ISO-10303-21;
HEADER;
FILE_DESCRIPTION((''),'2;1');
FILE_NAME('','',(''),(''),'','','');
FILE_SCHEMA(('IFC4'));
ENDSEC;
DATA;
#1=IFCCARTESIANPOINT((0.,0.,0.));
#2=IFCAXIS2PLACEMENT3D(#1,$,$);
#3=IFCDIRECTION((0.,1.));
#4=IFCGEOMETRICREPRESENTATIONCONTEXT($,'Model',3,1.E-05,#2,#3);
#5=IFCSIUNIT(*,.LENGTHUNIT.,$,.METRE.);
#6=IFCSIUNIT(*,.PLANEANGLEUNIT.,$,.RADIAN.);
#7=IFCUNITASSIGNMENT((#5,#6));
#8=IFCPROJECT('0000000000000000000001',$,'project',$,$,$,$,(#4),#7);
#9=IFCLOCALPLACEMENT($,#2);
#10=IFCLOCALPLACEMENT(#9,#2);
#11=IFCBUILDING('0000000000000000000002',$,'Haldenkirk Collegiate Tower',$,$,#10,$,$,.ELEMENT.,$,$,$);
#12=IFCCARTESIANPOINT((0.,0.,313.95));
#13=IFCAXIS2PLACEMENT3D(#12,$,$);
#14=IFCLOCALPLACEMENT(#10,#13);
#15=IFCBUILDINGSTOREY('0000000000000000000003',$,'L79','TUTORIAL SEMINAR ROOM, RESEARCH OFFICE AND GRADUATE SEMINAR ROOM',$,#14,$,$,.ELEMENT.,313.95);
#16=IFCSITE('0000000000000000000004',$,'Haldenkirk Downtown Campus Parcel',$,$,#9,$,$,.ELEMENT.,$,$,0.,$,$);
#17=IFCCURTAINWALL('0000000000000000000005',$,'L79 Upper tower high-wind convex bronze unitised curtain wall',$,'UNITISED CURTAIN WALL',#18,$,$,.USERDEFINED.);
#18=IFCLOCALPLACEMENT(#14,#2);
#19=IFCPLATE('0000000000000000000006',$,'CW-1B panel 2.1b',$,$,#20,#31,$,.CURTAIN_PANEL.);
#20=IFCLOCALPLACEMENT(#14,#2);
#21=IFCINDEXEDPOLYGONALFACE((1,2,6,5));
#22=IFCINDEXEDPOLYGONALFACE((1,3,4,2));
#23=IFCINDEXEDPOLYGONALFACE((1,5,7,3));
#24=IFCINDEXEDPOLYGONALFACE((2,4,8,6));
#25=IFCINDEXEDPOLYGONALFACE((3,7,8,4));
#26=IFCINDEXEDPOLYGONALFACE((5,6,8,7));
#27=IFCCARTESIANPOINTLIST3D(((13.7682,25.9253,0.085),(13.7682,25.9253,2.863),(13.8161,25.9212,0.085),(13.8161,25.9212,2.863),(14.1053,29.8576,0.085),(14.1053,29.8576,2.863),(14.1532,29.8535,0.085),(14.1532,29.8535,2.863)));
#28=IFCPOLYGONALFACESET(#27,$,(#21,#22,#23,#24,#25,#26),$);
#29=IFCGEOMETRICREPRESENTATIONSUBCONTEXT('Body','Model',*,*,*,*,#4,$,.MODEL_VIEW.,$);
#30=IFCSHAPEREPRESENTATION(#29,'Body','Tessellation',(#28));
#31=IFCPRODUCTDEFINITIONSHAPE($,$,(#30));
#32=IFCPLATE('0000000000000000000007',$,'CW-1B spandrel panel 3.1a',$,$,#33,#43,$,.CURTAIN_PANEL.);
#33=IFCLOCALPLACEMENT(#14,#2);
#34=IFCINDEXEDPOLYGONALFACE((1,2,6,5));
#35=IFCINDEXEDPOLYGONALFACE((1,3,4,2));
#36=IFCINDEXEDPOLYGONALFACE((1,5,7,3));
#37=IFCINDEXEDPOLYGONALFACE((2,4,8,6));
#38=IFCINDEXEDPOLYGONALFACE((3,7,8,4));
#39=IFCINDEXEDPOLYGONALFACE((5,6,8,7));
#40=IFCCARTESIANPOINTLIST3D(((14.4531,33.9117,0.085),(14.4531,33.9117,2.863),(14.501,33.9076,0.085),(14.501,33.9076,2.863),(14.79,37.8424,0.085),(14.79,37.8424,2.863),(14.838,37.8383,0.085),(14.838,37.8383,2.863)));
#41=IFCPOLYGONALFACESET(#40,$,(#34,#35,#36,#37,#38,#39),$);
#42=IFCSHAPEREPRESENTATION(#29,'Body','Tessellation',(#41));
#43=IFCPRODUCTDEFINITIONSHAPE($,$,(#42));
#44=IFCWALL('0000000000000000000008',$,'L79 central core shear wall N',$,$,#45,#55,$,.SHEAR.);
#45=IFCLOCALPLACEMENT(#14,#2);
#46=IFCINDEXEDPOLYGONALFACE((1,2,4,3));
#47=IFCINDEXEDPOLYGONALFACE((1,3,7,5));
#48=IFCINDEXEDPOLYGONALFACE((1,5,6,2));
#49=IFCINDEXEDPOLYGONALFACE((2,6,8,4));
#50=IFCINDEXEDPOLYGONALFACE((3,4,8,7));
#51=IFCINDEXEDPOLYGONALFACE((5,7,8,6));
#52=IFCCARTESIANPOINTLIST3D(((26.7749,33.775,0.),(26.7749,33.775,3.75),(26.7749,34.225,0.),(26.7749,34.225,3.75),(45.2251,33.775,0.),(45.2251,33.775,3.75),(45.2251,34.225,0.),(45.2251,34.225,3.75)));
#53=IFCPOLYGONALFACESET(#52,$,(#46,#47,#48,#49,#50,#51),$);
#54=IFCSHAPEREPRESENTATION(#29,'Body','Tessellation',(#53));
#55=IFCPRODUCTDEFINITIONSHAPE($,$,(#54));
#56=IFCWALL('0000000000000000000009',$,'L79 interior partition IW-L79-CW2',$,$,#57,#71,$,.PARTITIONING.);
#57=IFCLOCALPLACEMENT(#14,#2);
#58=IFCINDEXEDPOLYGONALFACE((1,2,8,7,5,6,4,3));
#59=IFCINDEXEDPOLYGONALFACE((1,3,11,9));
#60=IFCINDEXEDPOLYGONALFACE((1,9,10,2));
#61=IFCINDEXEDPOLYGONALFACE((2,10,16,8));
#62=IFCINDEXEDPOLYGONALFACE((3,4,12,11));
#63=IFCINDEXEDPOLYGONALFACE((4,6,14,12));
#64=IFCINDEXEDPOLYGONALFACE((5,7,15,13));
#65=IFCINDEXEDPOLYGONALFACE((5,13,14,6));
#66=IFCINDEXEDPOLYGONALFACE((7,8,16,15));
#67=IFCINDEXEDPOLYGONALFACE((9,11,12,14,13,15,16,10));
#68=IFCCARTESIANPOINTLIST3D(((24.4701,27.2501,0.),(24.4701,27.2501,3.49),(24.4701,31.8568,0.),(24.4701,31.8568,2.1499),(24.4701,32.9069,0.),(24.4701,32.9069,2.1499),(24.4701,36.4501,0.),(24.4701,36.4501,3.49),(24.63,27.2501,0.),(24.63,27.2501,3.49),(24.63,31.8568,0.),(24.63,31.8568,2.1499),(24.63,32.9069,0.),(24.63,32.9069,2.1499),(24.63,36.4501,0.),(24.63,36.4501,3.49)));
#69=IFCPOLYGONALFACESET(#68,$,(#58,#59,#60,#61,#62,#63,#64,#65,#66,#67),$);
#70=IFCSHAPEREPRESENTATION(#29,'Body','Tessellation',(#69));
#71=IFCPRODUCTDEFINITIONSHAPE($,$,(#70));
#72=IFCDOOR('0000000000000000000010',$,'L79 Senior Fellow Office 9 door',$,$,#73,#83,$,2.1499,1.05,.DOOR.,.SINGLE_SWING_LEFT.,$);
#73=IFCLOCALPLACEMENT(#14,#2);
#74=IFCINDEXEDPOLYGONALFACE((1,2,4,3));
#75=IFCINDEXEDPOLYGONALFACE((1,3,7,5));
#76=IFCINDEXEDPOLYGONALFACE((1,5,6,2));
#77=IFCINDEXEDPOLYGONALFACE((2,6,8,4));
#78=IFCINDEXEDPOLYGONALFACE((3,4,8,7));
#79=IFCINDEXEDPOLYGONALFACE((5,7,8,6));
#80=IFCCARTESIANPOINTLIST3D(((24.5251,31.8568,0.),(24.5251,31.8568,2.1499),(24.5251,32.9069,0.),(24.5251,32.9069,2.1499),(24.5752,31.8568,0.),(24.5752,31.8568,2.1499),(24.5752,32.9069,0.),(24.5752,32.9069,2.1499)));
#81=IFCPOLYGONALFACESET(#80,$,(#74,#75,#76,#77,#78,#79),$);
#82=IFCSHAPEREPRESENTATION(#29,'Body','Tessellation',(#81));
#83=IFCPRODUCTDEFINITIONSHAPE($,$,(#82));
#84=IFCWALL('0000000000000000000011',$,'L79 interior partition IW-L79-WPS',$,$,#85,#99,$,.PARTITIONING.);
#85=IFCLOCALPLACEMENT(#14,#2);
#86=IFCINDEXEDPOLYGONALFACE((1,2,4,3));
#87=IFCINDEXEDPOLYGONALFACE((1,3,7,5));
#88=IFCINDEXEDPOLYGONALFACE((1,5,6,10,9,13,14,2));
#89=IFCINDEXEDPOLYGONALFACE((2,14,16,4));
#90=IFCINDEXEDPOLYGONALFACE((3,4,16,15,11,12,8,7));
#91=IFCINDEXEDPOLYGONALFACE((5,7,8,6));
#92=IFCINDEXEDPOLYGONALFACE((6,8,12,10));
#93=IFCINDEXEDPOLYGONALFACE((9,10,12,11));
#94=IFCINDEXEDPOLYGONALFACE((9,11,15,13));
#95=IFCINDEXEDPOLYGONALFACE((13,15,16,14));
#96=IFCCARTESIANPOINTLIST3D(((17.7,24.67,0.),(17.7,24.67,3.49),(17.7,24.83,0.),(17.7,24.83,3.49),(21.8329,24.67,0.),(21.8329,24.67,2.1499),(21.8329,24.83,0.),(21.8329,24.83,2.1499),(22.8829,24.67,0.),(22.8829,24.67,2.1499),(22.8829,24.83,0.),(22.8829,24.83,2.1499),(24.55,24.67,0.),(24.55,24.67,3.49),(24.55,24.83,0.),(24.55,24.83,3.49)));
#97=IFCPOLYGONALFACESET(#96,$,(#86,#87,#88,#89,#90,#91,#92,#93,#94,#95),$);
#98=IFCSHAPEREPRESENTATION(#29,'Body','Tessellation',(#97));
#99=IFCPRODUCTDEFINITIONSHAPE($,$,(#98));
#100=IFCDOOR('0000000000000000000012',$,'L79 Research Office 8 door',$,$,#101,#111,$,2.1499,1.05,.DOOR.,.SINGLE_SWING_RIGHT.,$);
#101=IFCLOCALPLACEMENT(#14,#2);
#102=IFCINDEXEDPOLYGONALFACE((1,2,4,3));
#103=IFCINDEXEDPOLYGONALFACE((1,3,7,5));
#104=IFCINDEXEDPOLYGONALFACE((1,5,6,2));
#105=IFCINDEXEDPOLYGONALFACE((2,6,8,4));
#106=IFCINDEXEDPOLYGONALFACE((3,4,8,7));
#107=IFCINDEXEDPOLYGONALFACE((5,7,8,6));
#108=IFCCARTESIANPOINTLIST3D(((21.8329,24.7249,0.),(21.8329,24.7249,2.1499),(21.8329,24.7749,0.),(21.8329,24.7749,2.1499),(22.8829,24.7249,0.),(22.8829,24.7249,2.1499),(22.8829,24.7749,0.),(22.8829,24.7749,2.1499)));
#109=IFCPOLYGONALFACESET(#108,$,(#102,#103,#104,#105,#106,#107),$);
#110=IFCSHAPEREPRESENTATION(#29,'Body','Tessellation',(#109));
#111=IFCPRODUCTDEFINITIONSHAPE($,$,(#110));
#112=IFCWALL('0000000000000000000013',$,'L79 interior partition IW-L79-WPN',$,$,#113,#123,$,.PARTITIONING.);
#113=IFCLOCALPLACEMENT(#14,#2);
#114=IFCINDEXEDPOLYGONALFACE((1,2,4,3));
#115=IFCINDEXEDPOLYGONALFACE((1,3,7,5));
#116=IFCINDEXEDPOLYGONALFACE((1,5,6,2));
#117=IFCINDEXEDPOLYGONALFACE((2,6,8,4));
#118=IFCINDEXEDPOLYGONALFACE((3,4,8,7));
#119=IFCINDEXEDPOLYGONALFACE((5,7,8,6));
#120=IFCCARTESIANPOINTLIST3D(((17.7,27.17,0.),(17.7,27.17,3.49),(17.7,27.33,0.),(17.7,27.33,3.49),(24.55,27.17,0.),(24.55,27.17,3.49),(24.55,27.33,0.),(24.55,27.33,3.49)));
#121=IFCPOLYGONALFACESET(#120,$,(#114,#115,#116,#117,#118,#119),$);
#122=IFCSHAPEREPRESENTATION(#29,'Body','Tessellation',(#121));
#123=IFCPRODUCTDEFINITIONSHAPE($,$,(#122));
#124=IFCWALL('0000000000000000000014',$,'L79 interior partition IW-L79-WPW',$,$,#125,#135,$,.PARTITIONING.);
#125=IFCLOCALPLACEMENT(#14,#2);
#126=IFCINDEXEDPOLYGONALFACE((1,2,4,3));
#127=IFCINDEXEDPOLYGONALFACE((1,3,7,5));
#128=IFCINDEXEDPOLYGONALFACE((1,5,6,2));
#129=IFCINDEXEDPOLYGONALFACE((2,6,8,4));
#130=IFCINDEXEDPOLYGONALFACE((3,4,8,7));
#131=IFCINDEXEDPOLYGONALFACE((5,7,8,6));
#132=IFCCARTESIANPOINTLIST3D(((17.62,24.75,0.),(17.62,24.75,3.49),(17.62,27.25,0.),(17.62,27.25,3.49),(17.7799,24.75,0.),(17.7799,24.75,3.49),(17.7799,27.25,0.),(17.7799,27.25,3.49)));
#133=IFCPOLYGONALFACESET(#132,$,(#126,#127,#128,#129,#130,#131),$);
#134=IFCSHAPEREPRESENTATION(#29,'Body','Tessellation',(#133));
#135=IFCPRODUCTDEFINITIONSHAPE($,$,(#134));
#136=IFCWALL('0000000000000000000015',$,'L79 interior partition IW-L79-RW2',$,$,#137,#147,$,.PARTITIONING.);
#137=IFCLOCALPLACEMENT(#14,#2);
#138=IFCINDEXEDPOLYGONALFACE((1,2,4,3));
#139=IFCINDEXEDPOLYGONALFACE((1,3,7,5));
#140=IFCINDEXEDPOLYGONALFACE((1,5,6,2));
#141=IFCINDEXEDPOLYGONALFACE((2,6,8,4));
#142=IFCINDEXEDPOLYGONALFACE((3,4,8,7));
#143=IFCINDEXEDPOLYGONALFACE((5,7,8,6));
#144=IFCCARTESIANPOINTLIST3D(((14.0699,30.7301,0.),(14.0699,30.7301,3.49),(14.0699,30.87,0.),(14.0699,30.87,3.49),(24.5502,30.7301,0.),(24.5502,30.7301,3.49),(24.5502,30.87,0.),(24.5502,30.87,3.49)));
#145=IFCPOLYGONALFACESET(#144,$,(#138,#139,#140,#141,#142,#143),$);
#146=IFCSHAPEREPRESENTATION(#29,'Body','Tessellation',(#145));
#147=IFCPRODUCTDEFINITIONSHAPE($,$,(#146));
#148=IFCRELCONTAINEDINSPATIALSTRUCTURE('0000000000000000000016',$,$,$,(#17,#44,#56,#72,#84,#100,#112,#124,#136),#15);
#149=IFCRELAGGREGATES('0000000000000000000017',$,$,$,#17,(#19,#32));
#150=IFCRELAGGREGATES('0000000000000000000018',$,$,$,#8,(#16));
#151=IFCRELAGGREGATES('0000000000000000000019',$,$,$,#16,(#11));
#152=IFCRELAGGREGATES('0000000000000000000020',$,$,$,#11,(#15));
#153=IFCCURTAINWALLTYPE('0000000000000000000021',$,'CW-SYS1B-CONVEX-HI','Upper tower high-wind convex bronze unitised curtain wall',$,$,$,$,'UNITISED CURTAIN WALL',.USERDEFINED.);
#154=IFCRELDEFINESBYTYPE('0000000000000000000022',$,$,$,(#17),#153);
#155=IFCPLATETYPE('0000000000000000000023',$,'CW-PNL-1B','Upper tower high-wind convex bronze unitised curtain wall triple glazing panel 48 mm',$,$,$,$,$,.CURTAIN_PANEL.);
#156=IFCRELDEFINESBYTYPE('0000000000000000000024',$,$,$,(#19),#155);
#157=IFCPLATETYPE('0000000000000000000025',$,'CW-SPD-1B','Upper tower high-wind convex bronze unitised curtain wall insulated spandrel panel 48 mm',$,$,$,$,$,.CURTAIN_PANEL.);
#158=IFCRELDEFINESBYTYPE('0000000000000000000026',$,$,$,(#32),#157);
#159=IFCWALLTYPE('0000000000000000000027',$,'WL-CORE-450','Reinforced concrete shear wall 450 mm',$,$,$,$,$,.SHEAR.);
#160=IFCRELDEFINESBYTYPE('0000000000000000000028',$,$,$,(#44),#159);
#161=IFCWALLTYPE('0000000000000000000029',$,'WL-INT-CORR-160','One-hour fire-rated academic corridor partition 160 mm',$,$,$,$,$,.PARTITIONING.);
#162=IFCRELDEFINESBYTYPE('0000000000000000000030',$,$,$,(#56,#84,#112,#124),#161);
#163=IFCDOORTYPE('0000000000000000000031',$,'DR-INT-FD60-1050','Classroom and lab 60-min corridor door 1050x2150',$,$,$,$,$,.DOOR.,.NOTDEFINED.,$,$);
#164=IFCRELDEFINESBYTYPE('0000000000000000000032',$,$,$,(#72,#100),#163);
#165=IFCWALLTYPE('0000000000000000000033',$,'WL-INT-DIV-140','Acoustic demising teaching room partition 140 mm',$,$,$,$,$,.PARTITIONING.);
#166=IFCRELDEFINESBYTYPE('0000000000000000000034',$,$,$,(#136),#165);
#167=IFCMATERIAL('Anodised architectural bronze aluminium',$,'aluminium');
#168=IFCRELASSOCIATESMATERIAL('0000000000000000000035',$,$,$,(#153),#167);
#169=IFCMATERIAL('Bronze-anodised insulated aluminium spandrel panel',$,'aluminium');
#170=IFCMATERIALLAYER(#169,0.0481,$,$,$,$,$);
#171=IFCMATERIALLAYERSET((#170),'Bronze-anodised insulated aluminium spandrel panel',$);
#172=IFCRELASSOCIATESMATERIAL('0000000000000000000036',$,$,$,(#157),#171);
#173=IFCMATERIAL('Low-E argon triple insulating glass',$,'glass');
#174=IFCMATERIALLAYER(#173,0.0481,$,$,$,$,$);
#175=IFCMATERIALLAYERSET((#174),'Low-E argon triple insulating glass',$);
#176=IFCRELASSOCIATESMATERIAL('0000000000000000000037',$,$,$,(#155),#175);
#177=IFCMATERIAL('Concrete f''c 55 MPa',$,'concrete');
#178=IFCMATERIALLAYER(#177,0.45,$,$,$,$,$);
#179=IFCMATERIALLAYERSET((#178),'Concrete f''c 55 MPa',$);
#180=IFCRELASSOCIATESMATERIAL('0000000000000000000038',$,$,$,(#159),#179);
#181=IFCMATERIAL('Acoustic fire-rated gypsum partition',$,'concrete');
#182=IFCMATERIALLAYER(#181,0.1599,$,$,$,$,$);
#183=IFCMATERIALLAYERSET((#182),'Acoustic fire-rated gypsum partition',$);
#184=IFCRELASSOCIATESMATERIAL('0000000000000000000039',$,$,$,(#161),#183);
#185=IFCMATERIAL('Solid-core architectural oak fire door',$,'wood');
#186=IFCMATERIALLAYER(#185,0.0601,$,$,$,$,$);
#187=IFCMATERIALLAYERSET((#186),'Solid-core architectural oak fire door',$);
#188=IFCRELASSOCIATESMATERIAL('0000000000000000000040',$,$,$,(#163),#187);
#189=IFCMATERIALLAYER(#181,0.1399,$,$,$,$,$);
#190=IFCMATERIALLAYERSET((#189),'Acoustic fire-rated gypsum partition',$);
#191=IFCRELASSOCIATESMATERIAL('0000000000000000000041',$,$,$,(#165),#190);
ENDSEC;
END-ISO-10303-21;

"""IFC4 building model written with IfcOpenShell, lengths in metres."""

from ifc_helpers import new_model, si_unit, direction, frame, frame_2d, origin, origin_2d, place, context, subcontext, project, spatial, rectangle, extrude, source, transform, mapped, material, layer, layer_set, type_object, element, fill, aggregate, save


model = new_model("IFC4")

# Units and contexts
model_context = context("Model", 3, precision=1e-05, world=origin(), true_north=direction((0.0, 1.0)))
body_context = subcontext(model_context, "Body", "Model", "MODEL_VIEW")
ifc_project = project(units=[si_unit("LENGTHUNIT", "METRE"), si_unit("PLANEANGLEUNIT", "RADIAN")], contexts=[model_context])

# Site, building, storey
site_placement = place(None, origin())
site = spatial("IfcSite", under=ifc_project, at=site_placement, Name="Haldenkirk Downtown Campus Parcel", CompositionType="ELEMENT", RefElevation=0.0)
building_placement = place(site_placement, origin())
building = spatial("IfcBuilding", under=site, at=building_placement, Name="Haldenkirk Collegiate Tower", CompositionType="ELEMENT")
storey_placement = place(building_placement, frame((0.0, 0.0, 313.95)))
storey = spatial("IfcBuildingStorey", under=building, at=storey_placement, Name="L79", Description="TUTORIAL SEMINAR ROOM, RESEARCH OFFICE AND GRADUATE SEMINAR ROOM", CompositionType="ELEMENT", Elevation=313.95)

# Curtain wall, plates
ifc_material_1 = material(Name="Anodised architectural bronze aluminium", Category="aluminium")
curtain_wall_type = type_object("IfcCurtainWallType", Name="CW-SYS1B-CONVEX-HI", Description="Upper tower high-wind convex bronze unitised curtain wall", ElementType="UNITISED CURTAIN WALL", PredefinedType="USERDEFINED", material=ifc_material_1)
curtain_wall_placement = place(storey_placement, origin())
curtain_wall = element("IfcCurtainWall", 1, at=curtain_wall_placement, inside=storey, type_object=curtain_wall_type, Name="L79 Upper tower high-wind convex bronze unitised curtain wall", ObjectType="UNITISED CURTAIN WALL", PredefinedType="USERDEFINED")
ifc_material_2 = material(Name="Bronze-anodised insulated aluminium spandrel panel", Category="aluminium")
ifc_layer_1 = layer(ifc_material_2, 0.0481)
ifc_layer_set_1 = layer_set([ifc_layer_1], Name="Bronze-anodised insulated aluminium spandrel panel")
plate_type_1 = type_object("IfcPlateType", Name="CW-SPD-1B", Description="Upper tower high-wind convex bronze unitised curtain wall insulated spandrel panel 48 mm", PredefinedType="CURTAIN_PANEL", material=ifc_layer_set_1)
ifc_material_3 = material(Name="Low-E argon triple insulating glass", Category="glass")
ifc_layer_2 = layer(ifc_material_3, 0.0481)
ifc_layer_set_2 = layer_set([ifc_layer_2], Name="Low-E argon triple insulating glass")
plate_type_2 = type_object("IfcPlateType", Name="CW-PNL-1B", Description="Upper tower high-wind convex bronze unitised curtain wall triple glazing panel 48 mm", PredefinedType="CURTAIN_PANEL", material=ifc_layer_set_2)
shared_shape_1 = source(origin(), body_context, "Body", "SweptSolid", [
    extrude(rectangle(XDim=3.9468, YDim=0.0481, at=origin_2d()), origin(), (0.0, 0.0, 1.0), 2.7781),
])
plate_1_placement = place(storey_placement, frame((13.9607, 27.8894, 0.085), z_axis=(0.0, 0.0, 1.0), x_axis=(0.085417, 0.996345, 0.0)))
plate_1 = element("IfcPlate", 2, at=plate_1_placement, type_object=plate_type_2, Name="CW-1B panel 2.1b", PredefinedType="CURTAIN_PANEL", context=body_context, shape_type="MappedRepresentation", body=[
    mapped(shared_shape_1, transform((0.0, 0.0, 0.0), x_axis=(1.0, 0.0, 0.0), y_axis=(0.0, 1.0, 0.0), z_axis=(0.0, 0.0, 1.0), scale=1.0)),
])
shared_shape_2 = source(origin(), body_context, "Body", "SweptSolid", [
    extrude(rectangle(XDim=3.9451, YDim=0.0481, at=origin_2d()), origin(), (0.0, 0.0, 1.0), 2.7781),
])
plate_2_placement = place(storey_placement, frame((14.6455, 35.875, 0.085), z_axis=(0.0, 0.0, 1.0), x_axis=(0.085417, 0.996345, 0.0)))
plate_2 = element("IfcPlate", 3, at=plate_2_placement, type_object=plate_type_1, Name="CW-1B spandrel panel 3.1a", PredefinedType="CURTAIN_PANEL", context=body_context, shape_type="MappedRepresentation", body=[
    mapped(shared_shape_2, transform((0.0, 0.0, 0.0), x_axis=(1.0, 0.0, 0.0), y_axis=(0.0, 1.0, 0.0), z_axis=(0.0, 0.0, 1.0), scale=1.0)),
])
aggregate(curtain_wall, [plate_1, plate_2])

# Wall
ifc_material_4 = material(Name="Concrete f'c 55 MPa", Category="concrete")
ifc_layer_3 = layer(ifc_material_4, 0.45)
ifc_layer_set_3 = layer_set([ifc_layer_3], Name="Concrete f'c 55 MPa")
wall_type_1 = type_object("IfcWallType", Name="WL-CORE-450", Description="Reinforced concrete shear wall 450 mm", PredefinedType="SHEAR", material=ifc_layer_set_3)
wall_1_placement = place(storey_placement, frame((26.7749, 34.0, 0.0), z_axis=(0.0, 0.0, 1.0), x_axis=(1.0, 0.0, 0.0)))
element("IfcWall", 4, at=wall_1_placement, inside=storey, type_object=wall_type_1, Name="L79 central core shear wall N", PredefinedType="SHEAR", context=body_context, shape_type="SweptSolid", body=[
    extrude(rectangle(XDim=18.4502, YDim=0.45, at=frame_2d((9.2251, 0.0))), origin(), (0.0, 0.0, 1.0), 3.75),
])

# Walls, openings, doors
ifc_material_5 = material(Name="Acoustic fire-rated gypsum partition", Category="concrete")
ifc_layer_4 = layer(ifc_material_5, 0.1599)
ifc_layer_set_4 = layer_set([ifc_layer_4], Name="Acoustic fire-rated gypsum partition")
wall_type_2 = type_object("IfcWallType", Name="WL-INT-CORR-160", Description="One-hour fire-rated academic corridor partition 160 mm", PredefinedType="PARTITIONING", material=ifc_layer_set_4)
wall_2_placement = place(storey_placement, frame((24.55, 27.25, 0.0), z_axis=(0.0, 0.0, 1.0), x_axis=(0.0, 1.0, 0.0)))
wall_2 = element("IfcWall", 5, at=wall_2_placement, inside=storey, type_object=wall_type_2, Name="L79 interior partition IW-L79-CW2", PredefinedType="PARTITIONING", context=body_context, shape_type="SweptSolid", body=[
    extrude(rectangle(XDim=9.2, YDim=0.1599, at=frame_2d((4.6001, 0.0))), origin(), (0.0, 0.0, 1.0), 3.49),
])
opening_1_placement = place(wall_2_placement, frame((4.6069, 0.0, 0.0)))
opening_1 = element("IfcOpeningElement", 6, at=opening_1_placement, cuts=wall_2, PredefinedType="OPENING", context=body_context, shape_type="SweptSolid", body=[
    extrude(rectangle(XDim=1.05, YDim=2.1499, at=frame_2d((0.5249, 1.075))), frame((0.0, 0.0898, 0.0), z_axis=(0.0, -1.0, 0.0), x_axis=(1.0, 0.0, 0.0)), (0.0, 0.0, 1.0), 0.1799),
])
ifc_material_6 = material(Name="Solid-core architectural oak fire door", Category="wood")
ifc_layer_5 = layer(ifc_material_6, 0.0601)
ifc_layer_set_5 = layer_set([ifc_layer_5], Name="Solid-core architectural oak fire door")
door_type = type_object("IfcDoorType", Name="DR-INT-FD60-1050", Description="Classroom and lab 60-min corridor door 1050x2150", OperationType="NOTDEFINED", PredefinedType="DOOR", material=ifc_layer_set_5)
door_1_placement = place(opening_1_placement, origin())
door_1 = element("IfcDoor", 7, at=door_1_placement, inside=storey, type_object=door_type, Name="L79 Senior Fellow Office 9 door", OperationType="SINGLE_SWING_LEFT", OverallHeight=2.1499, OverallWidth=1.05, PredefinedType="DOOR", context=body_context, shape_type="SweptSolid", body=[
    extrude(rectangle(XDim=1.05, YDim=2.1499, at=frame_2d((0.5249, 1.075))), frame((0.0, 0.0249, 0.0), z_axis=(0.0, -1.0, 0.0), x_axis=(1.0, 0.0, 0.0)), (0.0, 0.0, 1.0), 0.05),
])
fill(opening_1, door_1)
wall_3_placement = place(storey_placement, frame((17.7, 24.75, 0.0), z_axis=(0.0, 0.0, 1.0), x_axis=(1.0, 0.0, 0.0)))
wall_3 = element("IfcWall", 8, at=wall_3_placement, inside=storey, type_object=wall_type_2, Name="L79 interior partition IW-L79-WPS", PredefinedType="PARTITIONING", context=body_context, shape_type="SweptSolid", body=[
    extrude(rectangle(XDim=6.8501, YDim=0.1599, at=frame_2d((3.425, 0.0))), origin(), (0.0, 0.0, 1.0), 3.49),
])
opening_2_placement = place(wall_3_placement, frame((4.1331, 0.0, 0.0)))
opening_2 = element("IfcOpeningElement", 9, at=opening_2_placement, cuts=wall_3, PredefinedType="OPENING", context=body_context, shape_type="SweptSolid", body=[
    extrude(rectangle(XDim=1.05, YDim=2.1499, at=frame_2d((0.5249, 1.075))), frame((0.0, 0.0898, 0.0), z_axis=(0.0, -1.0, 0.0), x_axis=(1.0, 0.0, 0.0)), (0.0, 0.0, 1.0), 0.1799),
])
door_2_placement = place(opening_2_placement, origin())
door_2 = element("IfcDoor", 10, at=door_2_placement, inside=storey, type_object=door_type, Name="L79 Research Office 8 door", OperationType="SINGLE_SWING_RIGHT", OverallHeight=2.1499, OverallWidth=1.05, PredefinedType="DOOR", context=body_context, shape_type="SweptSolid", body=[
    extrude(rectangle(XDim=1.05, YDim=2.1499, at=frame_2d((0.5249, 1.075))), frame((0.0, 0.0249, 0.0), z_axis=(0.0, -1.0, 0.0), x_axis=(1.0, 0.0, 0.0)), (0.0, 0.0, 1.0), 0.05),
])
fill(opening_2, door_2)

# Walls
wall_4_placement = place(storey_placement, frame((17.7, 27.25, 0.0), z_axis=(0.0, 0.0, 1.0), x_axis=(1.0, 0.0, 0.0)))
element("IfcWall", 11, at=wall_4_placement, inside=storey, type_object=wall_type_2, Name="L79 interior partition IW-L79-WPN", PredefinedType="PARTITIONING", context=body_context, shape_type="SweptSolid", body=[
    extrude(rectangle(XDim=6.8501, YDim=0.1599, at=frame_2d((3.425, 0.0))), origin(), (0.0, 0.0, 1.0), 3.49),
])
wall_5_placement = place(storey_placement, frame((17.7, 24.75, 0.0), z_axis=(0.0, 0.0, 1.0), x_axis=(0.0, 1.0, 0.0)))
element("IfcWall", 12, at=wall_5_placement, inside=storey, type_object=wall_type_2, Name="L79 interior partition IW-L79-WPW", PredefinedType="PARTITIONING", context=body_context, shape_type="SweptSolid", body=[
    extrude(rectangle(XDim=2.5, YDim=0.1599, at=frame_2d((1.25, 0.0))), origin(), (0.0, 0.0, 1.0), 3.49),
])
ifc_layer_6 = layer(ifc_material_5, 0.1399)
ifc_layer_set_6 = layer_set([ifc_layer_6], Name="Acoustic fire-rated gypsum partition")
wall_type_3 = type_object("IfcWallType", Name="WL-INT-DIV-140", Description="Acoustic demising teaching room partition 140 mm", PredefinedType="PARTITIONING", material=ifc_layer_set_6)
wall_6_placement = place(storey_placement, frame((14.0698, 30.8, 0.0), z_axis=(0.0, 0.0, 1.0), x_axis=(1.0, 0.0, 0.0)))
element("IfcWall", 13, at=wall_6_placement, inside=storey, type_object=wall_type_3, Name="L79 interior partition IW-L79-RW2", PredefinedType="PARTITIONING", context=body_context, shape_type="SweptSolid", body=[
    extrude(rectangle(XDim=10.4802, YDim=0.1399, at=frame_2d((5.2402, 0.0))), origin(), (0.0, 0.0, 1.0), 3.49),
])

save(model, "model.ifc")
